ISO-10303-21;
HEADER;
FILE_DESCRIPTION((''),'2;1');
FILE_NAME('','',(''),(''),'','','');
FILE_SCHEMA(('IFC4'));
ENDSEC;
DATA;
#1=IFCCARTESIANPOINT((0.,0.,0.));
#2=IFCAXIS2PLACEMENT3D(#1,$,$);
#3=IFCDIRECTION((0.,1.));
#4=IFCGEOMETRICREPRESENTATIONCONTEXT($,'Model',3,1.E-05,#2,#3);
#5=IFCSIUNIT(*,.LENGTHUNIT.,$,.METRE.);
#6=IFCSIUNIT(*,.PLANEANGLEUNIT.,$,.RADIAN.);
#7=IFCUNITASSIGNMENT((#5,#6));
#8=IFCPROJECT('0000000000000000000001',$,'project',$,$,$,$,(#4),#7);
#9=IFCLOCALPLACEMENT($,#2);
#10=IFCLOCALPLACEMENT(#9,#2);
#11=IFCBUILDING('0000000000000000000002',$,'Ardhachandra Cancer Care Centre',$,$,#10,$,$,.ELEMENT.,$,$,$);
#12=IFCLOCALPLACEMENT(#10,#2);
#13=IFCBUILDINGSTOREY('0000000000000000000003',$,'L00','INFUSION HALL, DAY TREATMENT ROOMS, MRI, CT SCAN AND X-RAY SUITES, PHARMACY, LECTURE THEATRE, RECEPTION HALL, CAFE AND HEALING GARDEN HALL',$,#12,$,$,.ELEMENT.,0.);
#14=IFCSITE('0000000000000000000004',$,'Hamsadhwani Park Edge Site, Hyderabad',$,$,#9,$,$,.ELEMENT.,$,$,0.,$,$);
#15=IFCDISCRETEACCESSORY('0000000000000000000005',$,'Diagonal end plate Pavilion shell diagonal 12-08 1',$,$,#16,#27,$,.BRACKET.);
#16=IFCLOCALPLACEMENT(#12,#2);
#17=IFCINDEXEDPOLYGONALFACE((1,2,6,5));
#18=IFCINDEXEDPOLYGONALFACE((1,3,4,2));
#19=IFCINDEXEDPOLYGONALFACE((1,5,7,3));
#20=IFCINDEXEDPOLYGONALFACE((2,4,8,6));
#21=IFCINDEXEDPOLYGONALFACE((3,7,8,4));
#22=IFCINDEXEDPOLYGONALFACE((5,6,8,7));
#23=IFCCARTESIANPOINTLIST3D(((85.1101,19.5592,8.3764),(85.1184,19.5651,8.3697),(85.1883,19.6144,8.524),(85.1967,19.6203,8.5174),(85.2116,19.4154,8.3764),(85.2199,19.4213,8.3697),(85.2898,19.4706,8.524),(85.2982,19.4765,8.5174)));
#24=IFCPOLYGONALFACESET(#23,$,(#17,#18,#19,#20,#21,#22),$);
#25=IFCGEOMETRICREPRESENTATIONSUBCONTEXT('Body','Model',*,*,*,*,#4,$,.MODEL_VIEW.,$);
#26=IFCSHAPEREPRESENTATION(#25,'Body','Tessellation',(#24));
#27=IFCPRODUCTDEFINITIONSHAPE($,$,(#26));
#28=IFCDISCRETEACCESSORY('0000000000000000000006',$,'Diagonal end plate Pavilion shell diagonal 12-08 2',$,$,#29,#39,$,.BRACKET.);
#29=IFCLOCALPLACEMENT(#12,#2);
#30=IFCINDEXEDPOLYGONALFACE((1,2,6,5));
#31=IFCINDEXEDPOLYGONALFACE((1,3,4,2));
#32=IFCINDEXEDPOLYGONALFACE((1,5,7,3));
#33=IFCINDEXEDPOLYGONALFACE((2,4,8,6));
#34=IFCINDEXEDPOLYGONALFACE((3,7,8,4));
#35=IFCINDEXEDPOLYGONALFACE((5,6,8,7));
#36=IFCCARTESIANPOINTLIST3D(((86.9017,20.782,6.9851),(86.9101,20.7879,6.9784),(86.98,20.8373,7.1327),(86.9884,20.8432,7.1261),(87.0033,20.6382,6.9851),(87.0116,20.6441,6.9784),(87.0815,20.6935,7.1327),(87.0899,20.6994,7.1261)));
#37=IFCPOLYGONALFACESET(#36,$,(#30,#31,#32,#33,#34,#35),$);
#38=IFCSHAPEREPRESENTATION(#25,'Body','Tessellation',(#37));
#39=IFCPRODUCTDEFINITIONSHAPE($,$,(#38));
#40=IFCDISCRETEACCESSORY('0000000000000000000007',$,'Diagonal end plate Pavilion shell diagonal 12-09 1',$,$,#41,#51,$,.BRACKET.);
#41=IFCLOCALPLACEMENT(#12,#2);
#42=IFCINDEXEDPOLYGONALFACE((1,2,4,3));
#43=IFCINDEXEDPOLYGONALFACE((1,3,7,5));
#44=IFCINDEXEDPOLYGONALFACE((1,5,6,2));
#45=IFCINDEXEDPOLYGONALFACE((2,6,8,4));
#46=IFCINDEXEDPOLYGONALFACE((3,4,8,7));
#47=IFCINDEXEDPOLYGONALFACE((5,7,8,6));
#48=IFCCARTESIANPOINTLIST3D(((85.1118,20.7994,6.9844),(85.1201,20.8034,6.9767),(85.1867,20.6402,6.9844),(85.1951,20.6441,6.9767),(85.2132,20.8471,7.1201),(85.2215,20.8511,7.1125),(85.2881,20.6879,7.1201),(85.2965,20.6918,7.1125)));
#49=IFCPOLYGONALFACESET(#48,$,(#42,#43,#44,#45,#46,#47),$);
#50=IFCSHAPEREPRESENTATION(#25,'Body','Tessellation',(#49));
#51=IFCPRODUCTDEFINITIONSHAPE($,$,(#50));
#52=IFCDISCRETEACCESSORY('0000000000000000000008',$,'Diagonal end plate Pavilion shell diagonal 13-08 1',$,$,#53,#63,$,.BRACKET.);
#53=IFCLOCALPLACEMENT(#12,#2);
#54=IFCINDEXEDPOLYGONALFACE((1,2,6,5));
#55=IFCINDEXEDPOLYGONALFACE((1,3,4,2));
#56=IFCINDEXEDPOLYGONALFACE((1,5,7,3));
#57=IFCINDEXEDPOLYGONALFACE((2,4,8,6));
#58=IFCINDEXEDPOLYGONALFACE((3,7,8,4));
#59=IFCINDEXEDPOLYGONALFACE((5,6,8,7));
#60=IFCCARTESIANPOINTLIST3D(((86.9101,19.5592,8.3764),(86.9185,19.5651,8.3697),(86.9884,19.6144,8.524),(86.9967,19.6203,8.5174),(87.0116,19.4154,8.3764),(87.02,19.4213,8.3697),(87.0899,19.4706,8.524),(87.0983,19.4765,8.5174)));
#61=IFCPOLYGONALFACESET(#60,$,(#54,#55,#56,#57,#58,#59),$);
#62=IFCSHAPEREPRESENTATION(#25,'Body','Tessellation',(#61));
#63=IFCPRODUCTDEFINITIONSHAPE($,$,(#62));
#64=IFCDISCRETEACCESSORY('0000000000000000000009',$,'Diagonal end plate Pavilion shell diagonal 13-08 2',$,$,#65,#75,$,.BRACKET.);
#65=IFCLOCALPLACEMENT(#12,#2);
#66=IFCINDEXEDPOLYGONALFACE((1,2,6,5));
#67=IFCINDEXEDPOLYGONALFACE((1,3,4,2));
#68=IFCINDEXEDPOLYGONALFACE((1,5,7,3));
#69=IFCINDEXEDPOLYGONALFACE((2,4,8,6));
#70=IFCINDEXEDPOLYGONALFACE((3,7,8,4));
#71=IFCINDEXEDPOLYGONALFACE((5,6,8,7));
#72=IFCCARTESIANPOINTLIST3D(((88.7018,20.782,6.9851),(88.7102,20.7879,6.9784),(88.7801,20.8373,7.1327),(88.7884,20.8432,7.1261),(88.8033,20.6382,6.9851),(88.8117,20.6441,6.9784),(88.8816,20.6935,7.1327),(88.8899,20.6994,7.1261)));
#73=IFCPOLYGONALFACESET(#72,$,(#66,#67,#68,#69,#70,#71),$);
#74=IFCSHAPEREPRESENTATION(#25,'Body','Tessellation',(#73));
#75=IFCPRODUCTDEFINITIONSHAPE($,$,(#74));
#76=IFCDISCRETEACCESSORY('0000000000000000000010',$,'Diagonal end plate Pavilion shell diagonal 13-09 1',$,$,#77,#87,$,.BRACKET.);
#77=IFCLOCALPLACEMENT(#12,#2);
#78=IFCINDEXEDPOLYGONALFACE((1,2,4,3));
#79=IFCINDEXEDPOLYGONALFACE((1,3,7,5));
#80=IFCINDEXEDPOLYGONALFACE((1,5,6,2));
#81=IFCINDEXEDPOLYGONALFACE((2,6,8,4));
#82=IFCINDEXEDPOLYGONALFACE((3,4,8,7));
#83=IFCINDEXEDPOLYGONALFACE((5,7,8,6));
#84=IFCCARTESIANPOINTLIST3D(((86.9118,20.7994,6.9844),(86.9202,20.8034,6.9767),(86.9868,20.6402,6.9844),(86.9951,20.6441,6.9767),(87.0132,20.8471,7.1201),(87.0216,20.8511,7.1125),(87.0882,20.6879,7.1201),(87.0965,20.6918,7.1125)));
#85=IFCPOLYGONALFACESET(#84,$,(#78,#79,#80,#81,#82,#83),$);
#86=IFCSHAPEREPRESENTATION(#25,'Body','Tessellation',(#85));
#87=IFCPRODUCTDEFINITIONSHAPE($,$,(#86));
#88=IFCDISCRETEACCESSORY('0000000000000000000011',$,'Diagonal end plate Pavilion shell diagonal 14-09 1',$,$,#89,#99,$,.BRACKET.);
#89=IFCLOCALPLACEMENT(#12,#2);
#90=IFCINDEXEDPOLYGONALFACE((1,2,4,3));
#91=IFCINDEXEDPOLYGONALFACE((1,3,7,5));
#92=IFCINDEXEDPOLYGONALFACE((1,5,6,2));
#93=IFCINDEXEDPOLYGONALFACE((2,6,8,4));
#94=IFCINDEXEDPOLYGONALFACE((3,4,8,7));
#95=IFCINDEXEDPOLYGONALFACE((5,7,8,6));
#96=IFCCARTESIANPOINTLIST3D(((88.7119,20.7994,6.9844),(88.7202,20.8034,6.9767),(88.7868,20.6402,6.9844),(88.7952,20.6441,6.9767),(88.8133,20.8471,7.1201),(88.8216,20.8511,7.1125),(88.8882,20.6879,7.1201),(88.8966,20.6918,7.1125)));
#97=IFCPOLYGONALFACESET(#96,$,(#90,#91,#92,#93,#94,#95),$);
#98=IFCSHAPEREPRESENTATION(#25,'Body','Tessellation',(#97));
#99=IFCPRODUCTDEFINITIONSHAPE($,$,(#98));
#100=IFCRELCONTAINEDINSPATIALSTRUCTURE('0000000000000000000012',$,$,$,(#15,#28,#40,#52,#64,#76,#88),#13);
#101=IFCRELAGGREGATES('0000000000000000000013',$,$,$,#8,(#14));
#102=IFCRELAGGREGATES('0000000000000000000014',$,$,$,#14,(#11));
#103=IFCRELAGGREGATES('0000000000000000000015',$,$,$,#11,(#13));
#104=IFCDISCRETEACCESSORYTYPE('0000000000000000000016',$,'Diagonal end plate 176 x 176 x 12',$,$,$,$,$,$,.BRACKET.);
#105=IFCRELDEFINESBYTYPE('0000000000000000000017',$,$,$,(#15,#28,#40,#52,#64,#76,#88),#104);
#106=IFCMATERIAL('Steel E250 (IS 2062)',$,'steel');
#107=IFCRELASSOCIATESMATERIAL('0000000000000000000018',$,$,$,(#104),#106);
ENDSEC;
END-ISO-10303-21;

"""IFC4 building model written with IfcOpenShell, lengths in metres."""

from ifc_helpers import new_model, si_unit, direction, frame, origin, origin_2d, place, context, subcontext, project, spatial, rectangle, extrude, material, material_profile, profile_set, type_object, element, save


model = new_model("IFC4")

# Units and contexts
model_context = context("Model", 3, precision=1e-05, world=origin(), true_north=direction((0.0, 1.0)))
body_context = subcontext(model_context, "Body", "Model", "MODEL_VIEW")
ifc_project = project(units=[si_unit("LENGTHUNIT", "METRE"), si_unit("PLANEANGLEUNIT", "RADIAN")], contexts=[model_context])

# Site, building, storey
site_placement = place(None, origin())
site = spatial("IfcSite", under=ifc_project, at=site_placement, Name="Hamsadhwani Park Edge Site, Hyderabad", CompositionType="ELEMENT", RefElevation=0.0)
building_placement = place(site_placement, origin())
building = spatial("IfcBuilding", under=site, at=building_placement, Name="Ardhachandra Cancer Care Centre", CompositionType="ELEMENT")
storey_placement = place(building_placement, origin())
storey = spatial("IfcBuildingStorey", under=building, at=storey_placement, Name="L00", Description="INFUSION HALL, DAY TREATMENT ROOMS, MRI, CT SCAN AND X-RAY SUITES, PHARMACY, LECTURE THEATRE, RECEPTION HALL, CAFE AND HEALING GARDEN HALL", CompositionType="ELEMENT", Elevation=0.0)

# Discrete accessories
ifc_material_1 = material(Name="Steel E250 (IS 2062)", Category="steel")
ifc_material_profile_1 = material_profile(ifc_material_1, rectangle(XDim=0.176, YDim=0.176, at=origin_2d()), Name="PL 176x176x12")
ifc_profile_set_1 = profile_set([ifc_material_profile_1], Name="Steel E250 (IS 2062)")
discrete_accessory_type = type_object("IfcDiscreteAccessoryType", Name="Diagonal end plate 176 x 176 x 12", PredefinedType="BRACKET", material=ifc_profile_set_1)
for number, where, z_axis, x_axis, name in (
    (1, (85.2, 19.5149, 8.4502), (0.685367, 0.483788, -0.544262), (-0.576683, 0.816968, 0.0), "Diagonal end plate Pavilion shell diagonal 12-08 1"),
    (2, (87.0, 20.7437, 7.0522), (-0.685367, -0.483788, 0.544262), (0.576683, -0.816968, 0.0), "Diagonal end plate Pavilion shell diagonal 12-08 2"),
):
    element("IfcDiscreteAccessory", number, at=place(storey_placement, frame(where, z_axis=z_axis, x_axis=x_axis)), inside=storey, type_object=discrete_accessory_type, Name=name, PredefinedType="BRACKET", context=body_context, shape_type="SweptSolid", body=[
        extrude(rectangle(XDim=0.176, YDim=0.176, at=origin_2d()), origin(), (0.0, 0.0, 1.0), 0.0122),
    ])
discrete_accessory_1_placement = place(storey_placement, frame((85.2, 20.7437, 7.0522), z_axis=(0.697959, 0.328451, -0.636375), x_axis=(-0.425797, 0.904819, 0.0)))
element("IfcDiscreteAccessory", 3, at=discrete_accessory_1_placement, inside=storey, type_object=discrete_accessory_type, Name="Diagonal end plate Pavilion shell diagonal 12-09 1", PredefinedType="BRACKET", context=body_context, shape_type="SweptSolid", body=[
    extrude(rectangle(XDim=0.176, YDim=0.176, at=origin_2d()), origin(), (0.0, 0.0, 1.0), 0.012),
])
for number, where, z_axis, x_axis, name in (
    (4, (87.0, 19.5149, 8.4502), (0.685367, 0.483788, -0.544262), (-0.576683, 0.816968, 0.0), "Diagonal end plate Pavilion shell diagonal 13-08 1"),
    (5, (88.8, 20.7437, 7.0522), (-0.685367, -0.483788, 0.544262), (0.576683, -0.816968, 0.0), "Diagonal end plate Pavilion shell diagonal 13-08 2"),
):
    element("IfcDiscreteAccessory", number, at=place(storey_placement, frame(where, z_axis=z_axis, x_axis=x_axis)), inside=storey, type_object=discrete_accessory_type, Name=name, PredefinedType="BRACKET", context=body_context, shape_type="SweptSolid", body=[
        extrude(rectangle(XDim=0.176, YDim=0.176, at=origin_2d()), origin(), (0.0, 0.0, 1.0), 0.0122),
    ])
for number, where, z_axis, x_axis, name in (
    (6, (87.0, 20.7437, 7.0522), (0.697959, 0.328451, -0.636375), (-0.425797, 0.904819, 0.0), "Diagonal end plate Pavilion shell diagonal 13-09 1"),
    (7, (88.8, 20.7437, 7.0522), (0.697959, 0.328451, -0.636375), (-0.425797, 0.904819, 0.0), "Diagonal end plate Pavilion shell diagonal 14-09 1"),
):
    element("IfcDiscreteAccessory", number, at=place(storey_placement, frame(where, z_axis=z_axis, x_axis=x_axis)), inside=storey, type_object=discrete_accessory_type, Name=name, PredefinedType="BRACKET", context=body_context, shape_type="SweptSolid", body=[
        extrude(rectangle(XDim=0.176, YDim=0.176, at=origin_2d()), origin(), (0.0, 0.0, 1.0), 0.012),
    ])

save(model, "model.ifc")
